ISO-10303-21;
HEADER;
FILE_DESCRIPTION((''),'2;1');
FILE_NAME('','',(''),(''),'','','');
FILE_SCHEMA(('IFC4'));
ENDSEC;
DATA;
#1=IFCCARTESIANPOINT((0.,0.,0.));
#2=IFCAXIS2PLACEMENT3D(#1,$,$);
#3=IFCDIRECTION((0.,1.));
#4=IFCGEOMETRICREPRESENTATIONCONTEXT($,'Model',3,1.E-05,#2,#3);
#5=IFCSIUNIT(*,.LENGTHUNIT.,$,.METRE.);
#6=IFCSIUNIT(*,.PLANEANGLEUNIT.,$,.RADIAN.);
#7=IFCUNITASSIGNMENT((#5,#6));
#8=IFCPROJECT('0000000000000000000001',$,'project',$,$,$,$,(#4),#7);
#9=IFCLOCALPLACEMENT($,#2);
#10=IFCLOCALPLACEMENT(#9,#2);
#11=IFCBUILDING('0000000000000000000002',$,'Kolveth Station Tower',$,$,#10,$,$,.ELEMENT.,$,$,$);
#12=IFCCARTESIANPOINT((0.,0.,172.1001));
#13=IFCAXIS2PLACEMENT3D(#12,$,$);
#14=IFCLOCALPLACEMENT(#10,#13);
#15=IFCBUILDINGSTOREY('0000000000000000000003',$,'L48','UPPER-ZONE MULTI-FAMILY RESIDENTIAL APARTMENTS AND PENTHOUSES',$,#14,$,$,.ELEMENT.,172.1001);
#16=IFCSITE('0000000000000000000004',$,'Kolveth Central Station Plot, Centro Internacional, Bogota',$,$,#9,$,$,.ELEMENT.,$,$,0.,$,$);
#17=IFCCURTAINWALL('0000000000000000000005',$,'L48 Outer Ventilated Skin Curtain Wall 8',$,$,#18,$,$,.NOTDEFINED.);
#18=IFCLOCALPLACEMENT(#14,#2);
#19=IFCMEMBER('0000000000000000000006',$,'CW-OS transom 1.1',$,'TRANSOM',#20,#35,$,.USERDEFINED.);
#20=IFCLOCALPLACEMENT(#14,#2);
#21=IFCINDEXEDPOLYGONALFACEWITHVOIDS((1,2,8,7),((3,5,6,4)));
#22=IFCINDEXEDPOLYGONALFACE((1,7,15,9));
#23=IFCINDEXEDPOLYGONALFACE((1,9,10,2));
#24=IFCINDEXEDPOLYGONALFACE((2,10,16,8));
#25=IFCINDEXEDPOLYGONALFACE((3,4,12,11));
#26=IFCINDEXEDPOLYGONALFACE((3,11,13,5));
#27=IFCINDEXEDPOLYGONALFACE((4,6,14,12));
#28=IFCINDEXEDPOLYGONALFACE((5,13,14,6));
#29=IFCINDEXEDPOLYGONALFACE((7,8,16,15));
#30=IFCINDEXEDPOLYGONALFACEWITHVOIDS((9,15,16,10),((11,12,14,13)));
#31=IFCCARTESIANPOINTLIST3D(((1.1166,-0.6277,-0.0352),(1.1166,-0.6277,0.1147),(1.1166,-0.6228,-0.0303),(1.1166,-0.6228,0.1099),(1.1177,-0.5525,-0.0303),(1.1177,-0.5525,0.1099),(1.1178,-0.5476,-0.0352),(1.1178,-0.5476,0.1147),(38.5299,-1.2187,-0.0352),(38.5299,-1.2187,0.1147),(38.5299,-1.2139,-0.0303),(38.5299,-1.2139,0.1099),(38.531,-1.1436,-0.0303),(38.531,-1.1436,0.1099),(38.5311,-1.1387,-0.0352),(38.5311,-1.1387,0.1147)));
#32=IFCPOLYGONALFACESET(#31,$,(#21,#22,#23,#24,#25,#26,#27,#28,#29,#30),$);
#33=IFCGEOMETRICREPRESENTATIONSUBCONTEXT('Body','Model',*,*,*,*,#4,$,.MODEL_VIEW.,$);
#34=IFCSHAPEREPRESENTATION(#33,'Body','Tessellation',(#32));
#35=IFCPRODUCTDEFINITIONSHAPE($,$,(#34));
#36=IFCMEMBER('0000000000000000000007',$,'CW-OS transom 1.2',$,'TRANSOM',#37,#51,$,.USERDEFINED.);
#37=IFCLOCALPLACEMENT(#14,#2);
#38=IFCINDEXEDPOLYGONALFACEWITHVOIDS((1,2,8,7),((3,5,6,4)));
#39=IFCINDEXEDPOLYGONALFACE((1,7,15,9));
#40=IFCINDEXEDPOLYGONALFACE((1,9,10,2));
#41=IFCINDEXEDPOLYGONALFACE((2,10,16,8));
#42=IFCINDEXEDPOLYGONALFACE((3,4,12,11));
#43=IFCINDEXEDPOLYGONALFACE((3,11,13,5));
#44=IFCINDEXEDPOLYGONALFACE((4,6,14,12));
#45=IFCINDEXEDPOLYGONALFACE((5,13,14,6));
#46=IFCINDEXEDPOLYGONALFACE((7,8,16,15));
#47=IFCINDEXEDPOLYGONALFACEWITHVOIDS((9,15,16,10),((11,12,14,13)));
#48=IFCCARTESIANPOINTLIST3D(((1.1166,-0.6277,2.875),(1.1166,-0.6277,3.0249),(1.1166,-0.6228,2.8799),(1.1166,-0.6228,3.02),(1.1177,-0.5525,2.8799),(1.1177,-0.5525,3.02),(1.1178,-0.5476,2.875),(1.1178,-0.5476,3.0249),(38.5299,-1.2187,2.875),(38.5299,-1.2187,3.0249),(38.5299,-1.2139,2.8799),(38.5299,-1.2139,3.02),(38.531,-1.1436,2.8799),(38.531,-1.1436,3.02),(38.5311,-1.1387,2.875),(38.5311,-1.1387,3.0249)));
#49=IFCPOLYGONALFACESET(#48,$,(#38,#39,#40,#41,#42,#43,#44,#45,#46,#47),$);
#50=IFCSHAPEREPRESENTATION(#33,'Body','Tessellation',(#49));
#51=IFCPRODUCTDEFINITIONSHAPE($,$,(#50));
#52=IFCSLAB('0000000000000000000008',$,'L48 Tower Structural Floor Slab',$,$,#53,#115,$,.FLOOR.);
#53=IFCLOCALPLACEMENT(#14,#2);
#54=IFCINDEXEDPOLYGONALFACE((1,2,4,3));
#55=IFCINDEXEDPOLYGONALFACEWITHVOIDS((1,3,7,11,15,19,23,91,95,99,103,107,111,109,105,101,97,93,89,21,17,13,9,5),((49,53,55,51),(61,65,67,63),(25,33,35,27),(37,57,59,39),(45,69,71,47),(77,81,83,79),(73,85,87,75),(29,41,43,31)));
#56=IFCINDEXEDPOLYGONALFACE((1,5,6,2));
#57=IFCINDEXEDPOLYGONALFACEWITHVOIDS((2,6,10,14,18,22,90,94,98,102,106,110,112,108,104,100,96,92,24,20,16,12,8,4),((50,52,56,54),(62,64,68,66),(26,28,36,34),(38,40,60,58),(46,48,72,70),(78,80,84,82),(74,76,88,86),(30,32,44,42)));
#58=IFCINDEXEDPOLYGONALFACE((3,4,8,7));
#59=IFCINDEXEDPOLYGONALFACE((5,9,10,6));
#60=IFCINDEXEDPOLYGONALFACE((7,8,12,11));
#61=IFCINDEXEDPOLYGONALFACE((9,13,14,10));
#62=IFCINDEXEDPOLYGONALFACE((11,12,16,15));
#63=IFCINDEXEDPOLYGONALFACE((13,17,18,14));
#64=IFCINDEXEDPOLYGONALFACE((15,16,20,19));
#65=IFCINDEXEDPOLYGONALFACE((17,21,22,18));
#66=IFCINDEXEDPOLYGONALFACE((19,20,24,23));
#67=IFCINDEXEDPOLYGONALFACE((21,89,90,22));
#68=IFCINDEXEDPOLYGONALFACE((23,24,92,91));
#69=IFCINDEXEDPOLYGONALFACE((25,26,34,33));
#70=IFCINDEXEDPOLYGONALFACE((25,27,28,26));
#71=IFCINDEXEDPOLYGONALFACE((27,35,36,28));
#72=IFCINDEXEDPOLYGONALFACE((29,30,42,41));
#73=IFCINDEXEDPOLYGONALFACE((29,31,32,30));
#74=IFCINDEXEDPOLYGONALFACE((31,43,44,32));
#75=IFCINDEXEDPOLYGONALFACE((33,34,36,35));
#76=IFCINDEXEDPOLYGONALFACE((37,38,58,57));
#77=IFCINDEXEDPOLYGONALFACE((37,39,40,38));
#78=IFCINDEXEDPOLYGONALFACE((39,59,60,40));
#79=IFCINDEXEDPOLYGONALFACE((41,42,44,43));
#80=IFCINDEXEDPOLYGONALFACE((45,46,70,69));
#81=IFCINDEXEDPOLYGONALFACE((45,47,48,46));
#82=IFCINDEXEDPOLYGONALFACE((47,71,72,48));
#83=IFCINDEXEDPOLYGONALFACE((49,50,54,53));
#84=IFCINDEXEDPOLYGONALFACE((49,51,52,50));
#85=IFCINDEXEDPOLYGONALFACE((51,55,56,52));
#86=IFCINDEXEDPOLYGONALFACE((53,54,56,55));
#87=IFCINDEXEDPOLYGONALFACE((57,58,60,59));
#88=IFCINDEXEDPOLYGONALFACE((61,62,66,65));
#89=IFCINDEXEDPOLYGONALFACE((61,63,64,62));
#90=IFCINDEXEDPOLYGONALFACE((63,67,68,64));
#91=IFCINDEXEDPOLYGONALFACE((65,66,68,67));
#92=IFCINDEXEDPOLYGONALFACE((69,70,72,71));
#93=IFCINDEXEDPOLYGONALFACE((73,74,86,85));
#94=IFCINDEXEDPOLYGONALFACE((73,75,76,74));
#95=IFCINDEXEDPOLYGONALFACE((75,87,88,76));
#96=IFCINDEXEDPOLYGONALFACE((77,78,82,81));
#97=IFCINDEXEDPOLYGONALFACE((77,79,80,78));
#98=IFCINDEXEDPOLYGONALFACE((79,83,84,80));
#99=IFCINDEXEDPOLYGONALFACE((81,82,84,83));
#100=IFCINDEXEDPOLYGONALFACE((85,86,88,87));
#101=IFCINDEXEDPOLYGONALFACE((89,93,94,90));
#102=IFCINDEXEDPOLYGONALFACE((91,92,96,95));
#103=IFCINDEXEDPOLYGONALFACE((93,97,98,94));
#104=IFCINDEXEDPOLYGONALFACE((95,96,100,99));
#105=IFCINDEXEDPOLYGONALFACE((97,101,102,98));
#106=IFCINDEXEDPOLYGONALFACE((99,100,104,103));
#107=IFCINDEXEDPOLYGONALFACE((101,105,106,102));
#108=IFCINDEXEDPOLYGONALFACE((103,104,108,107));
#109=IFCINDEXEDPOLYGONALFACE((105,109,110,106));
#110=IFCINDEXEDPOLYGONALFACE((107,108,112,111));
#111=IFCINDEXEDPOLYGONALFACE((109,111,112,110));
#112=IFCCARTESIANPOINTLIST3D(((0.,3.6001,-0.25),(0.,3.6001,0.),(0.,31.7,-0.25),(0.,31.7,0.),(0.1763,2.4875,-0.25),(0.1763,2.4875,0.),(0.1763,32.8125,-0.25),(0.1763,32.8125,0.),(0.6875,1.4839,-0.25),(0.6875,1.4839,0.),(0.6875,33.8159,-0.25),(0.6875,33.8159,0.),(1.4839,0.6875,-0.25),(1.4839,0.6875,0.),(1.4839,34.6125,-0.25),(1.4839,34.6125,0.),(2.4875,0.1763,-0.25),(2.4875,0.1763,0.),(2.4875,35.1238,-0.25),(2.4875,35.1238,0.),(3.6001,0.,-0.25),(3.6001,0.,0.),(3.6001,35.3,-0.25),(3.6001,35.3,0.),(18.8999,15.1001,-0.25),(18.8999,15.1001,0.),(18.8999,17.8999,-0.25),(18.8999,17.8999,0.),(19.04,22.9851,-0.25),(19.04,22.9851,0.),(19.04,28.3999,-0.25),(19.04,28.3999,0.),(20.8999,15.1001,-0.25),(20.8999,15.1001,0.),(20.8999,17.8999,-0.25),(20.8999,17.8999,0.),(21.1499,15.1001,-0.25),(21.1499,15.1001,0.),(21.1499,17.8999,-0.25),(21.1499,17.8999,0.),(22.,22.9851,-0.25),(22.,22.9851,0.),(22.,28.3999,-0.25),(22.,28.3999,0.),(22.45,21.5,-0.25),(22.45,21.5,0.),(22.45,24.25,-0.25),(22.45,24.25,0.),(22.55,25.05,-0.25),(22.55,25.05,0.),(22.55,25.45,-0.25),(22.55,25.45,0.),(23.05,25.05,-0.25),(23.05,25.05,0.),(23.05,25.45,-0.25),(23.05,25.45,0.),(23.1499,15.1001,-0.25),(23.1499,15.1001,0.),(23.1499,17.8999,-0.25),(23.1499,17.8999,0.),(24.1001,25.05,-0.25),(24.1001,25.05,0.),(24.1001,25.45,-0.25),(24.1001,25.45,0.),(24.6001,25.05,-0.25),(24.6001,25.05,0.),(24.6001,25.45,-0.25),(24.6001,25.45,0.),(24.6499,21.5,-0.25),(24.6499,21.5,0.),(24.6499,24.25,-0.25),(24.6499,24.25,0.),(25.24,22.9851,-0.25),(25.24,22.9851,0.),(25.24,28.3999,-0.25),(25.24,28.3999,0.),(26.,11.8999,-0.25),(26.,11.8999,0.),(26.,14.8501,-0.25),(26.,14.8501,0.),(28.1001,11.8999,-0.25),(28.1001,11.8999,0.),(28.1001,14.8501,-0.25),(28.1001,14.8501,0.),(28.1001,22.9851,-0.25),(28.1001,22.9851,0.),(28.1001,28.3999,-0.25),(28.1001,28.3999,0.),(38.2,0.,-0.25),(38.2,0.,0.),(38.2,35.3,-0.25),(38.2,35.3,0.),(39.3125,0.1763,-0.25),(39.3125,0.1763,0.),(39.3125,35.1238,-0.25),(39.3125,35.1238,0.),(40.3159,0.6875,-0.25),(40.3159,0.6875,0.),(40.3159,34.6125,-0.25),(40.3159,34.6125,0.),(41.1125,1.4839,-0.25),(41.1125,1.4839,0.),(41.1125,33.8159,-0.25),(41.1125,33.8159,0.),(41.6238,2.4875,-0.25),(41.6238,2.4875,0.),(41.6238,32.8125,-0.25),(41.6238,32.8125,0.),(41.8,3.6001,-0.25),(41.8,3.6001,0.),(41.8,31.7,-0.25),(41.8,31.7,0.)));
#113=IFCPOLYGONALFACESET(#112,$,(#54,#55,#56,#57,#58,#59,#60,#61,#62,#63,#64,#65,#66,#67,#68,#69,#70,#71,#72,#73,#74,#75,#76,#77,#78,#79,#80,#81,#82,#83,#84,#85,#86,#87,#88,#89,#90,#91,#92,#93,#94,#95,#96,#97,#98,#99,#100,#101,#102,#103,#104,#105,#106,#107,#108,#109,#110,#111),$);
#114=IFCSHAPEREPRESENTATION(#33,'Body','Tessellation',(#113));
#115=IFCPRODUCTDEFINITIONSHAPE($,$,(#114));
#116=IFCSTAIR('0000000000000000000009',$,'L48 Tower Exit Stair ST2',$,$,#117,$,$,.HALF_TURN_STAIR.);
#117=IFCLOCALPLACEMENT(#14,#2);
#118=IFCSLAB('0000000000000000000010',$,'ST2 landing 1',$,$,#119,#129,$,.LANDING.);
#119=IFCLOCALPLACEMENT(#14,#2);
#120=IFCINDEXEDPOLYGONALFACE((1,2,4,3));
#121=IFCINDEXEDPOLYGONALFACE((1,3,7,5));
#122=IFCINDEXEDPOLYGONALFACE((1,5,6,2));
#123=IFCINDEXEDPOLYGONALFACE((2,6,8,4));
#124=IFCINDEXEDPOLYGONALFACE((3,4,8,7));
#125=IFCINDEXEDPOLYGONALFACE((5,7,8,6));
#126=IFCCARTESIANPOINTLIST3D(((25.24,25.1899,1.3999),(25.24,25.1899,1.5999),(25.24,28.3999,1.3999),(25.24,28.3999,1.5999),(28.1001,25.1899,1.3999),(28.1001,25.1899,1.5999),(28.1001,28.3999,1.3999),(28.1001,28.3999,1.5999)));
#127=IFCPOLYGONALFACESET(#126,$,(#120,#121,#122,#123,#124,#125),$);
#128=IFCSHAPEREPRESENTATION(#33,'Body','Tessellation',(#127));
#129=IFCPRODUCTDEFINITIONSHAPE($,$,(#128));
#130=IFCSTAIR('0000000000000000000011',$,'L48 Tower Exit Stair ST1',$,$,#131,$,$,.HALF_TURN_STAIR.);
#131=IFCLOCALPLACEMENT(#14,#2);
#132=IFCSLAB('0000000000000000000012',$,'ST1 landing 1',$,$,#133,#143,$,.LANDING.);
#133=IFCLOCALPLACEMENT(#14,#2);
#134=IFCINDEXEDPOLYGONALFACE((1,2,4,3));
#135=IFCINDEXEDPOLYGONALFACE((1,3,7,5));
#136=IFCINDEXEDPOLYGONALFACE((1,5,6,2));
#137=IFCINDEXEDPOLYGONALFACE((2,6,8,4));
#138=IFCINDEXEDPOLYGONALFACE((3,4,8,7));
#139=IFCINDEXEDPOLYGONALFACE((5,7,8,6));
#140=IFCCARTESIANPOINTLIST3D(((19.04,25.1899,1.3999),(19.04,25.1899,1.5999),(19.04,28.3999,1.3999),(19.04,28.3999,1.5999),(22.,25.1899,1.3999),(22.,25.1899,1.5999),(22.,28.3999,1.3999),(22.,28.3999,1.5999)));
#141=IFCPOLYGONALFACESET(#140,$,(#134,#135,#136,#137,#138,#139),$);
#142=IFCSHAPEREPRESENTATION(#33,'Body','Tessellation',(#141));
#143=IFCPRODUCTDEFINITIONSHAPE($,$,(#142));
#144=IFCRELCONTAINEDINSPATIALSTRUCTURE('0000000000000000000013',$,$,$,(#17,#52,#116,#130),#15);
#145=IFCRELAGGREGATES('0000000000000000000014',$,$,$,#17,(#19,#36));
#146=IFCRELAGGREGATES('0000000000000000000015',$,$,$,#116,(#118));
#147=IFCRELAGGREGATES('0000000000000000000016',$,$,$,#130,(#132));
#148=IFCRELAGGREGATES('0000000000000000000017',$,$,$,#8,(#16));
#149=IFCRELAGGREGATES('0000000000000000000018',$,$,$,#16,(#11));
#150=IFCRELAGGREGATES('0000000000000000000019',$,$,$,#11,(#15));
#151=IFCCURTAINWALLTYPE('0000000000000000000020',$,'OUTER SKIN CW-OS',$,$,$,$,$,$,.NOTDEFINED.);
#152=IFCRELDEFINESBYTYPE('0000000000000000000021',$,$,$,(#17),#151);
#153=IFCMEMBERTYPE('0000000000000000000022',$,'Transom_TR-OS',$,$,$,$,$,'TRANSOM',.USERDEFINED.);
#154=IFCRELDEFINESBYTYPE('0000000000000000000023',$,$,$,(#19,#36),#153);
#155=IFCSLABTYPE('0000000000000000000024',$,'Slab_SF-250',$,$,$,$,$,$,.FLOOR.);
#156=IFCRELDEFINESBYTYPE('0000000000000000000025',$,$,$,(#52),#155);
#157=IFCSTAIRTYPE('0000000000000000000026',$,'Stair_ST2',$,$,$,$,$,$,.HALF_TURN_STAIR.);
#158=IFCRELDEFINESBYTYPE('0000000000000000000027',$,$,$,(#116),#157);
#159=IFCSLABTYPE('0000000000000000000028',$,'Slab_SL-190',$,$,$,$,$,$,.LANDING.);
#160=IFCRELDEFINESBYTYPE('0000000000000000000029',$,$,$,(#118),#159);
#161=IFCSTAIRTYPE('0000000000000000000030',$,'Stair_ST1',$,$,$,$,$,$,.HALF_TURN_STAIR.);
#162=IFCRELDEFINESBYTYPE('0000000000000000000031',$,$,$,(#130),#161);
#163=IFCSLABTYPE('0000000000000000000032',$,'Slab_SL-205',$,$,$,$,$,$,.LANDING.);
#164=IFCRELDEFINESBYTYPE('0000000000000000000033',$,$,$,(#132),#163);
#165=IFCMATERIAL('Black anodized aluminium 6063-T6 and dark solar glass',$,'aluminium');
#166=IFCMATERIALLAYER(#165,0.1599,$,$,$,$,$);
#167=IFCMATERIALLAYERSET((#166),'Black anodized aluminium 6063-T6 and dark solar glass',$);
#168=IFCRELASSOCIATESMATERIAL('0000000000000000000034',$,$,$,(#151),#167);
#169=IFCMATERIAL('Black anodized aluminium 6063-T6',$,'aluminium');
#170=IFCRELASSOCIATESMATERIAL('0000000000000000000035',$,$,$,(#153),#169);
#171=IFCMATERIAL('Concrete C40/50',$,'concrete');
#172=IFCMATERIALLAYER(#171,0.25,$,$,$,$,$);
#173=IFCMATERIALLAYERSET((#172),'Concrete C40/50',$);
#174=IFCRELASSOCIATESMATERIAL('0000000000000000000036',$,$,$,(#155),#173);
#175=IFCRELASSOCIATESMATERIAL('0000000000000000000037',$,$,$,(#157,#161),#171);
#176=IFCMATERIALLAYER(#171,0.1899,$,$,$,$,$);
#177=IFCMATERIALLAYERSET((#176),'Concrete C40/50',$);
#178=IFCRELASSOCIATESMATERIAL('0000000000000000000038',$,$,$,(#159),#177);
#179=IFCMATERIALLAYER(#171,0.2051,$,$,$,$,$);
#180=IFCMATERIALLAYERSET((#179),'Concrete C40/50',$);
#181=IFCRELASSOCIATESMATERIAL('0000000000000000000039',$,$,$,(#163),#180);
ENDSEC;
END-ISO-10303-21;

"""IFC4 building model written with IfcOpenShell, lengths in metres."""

from ifc_helpers import new_model, si_unit, direction, frame, origin, origin_2d, place, context, subcontext, project, spatial, polyline, hollow_rectangle, outline, extrude, source, transform, mapped, material, layer, layer_set, material_profile, profile_set, type_object, element, aggregate, save


model = new_model("IFC4")

# Units and contexts
model_context = context("Model", 3, precision=1e-05, world=origin(), true_north=direction((0.0, 1.0)))
body_context = subcontext(model_context, "Body", "Model", "MODEL_VIEW")
ifc_project = project(units=[si_unit("LENGTHUNIT", "METRE"), si_unit("PLANEANGLEUNIT", "RADIAN")], contexts=[model_context])

# Site, building, storey
site_placement = place(None, origin())
site = spatial("IfcSite", under=ifc_project, at=site_placement, Name="Kolveth Central Station Plot, Centro Internacional, Bogota", CompositionType="ELEMENT", RefElevation=0.0)
building_placement = place(site_placement, origin())
building = spatial("IfcBuilding", under=site, at=building_placement, Name="Kolveth Station Tower", CompositionType="ELEMENT")
storey_placement = place(building_placement, frame((0.0, 0.0, 172.1001)))
storey = spatial("IfcBuildingStorey", under=building, at=storey_placement, Name="L48", Description="UPPER-ZONE MULTI-FAMILY RESIDENTIAL APARTMENTS AND PENTHOUSES", CompositionType="ELEMENT", Elevation=172.1001)

# Shared definitions
ifc_material_1 = material(Name="Black anodized aluminium 6063-T6", Category="aluminium")

# Curtain wall
ifc_material_2 = material(Name="Black anodized aluminium 6063-T6 and dark solar glass", Category="aluminium")
ifc_layer_1 = layer(ifc_material_2, 0.1599)
ifc_layer_set_1 = layer_set([ifc_layer_1], Name="Black anodized aluminium 6063-T6 and dark solar glass")
curtain_wall_type_1 = type_object("IfcCurtainWallType", Name="OUTER SKIN CW-OS", PredefinedType="NOTDEFINED", material=ifc_layer_set_1)
curtain_wall_1_placement = place(storey_placement, origin())
curtain_wall_1 = element("IfcCurtainWall", 1, at=curtain_wall_1_placement, inside=storey, type_object=curtain_wall_type_1, Name="L48 Outer Ventilated Skin Curtain Wall 8", PredefinedType="NOTDEFINED")

# Members
ifc_material_profile_1 = material_profile(ifc_material_1, hollow_rectangle(XDim=0.0801, YDim=0.1499, WallThickness=0.0049, at=origin_2d()), Name="ALU-80x150x5")
ifc_profile_set_1 = profile_set([ifc_material_profile_1], Name="Black anodized aluminium 6063-T6")
member_type_1 = type_object("IfcMemberType", Name="Transom_TR-OS", ElementType="TRANSOM", PredefinedType="USERDEFINED", material=ifc_profile_set_1)
shared_shape_1 = source(origin(), body_context, "Body", "SweptSolid", [
    extrude(hollow_rectangle(XDim=0.0801, YDim=0.1499, WallThickness=0.0049, at=origin_2d()), origin(), (0.0, 0.0, 1.0), 37.418),
])
member_1_placement = place(storey_placement, frame((1.1172, -0.5876, 0.0398), z_axis=(0.999875, -0.015796, 0.0), x_axis=(0.015796, 0.999875, 0.0)))
member_1 = element("IfcMember", 2, at=member_1_placement, type_object=member_type_1, Name="CW-OS transom 1.1", ObjectType="TRANSOM", PredefinedType="USERDEFINED", context=body_context, shape_type="MappedRepresentation", body=[
    mapped(shared_shape_1, transform((0.0, 0.0, 0.0), x_axis=(1.0, 0.0, 0.0), y_axis=(0.0, 1.0, 0.0), z_axis=(0.0, 0.0, 1.0), scale=1.0)),
])
member_2_placement = place(storey_placement, frame((1.1172, -0.5876, 2.95), z_axis=(0.999875, -0.015796, 0.0), x_axis=(0.015796, 0.999875, 0.0)))
member_2 = element("IfcMember", 3, at=member_2_placement, type_object=member_type_1, Name="CW-OS transom 1.2", ObjectType="TRANSOM", PredefinedType="USERDEFINED", context=body_context, shape_type="MappedRepresentation", body=[
    mapped(shared_shape_1, transform((0.0, 0.0, 0.0), x_axis=(1.0, 0.0, 0.0), y_axis=(0.0, 1.0, 0.0), z_axis=(0.0, 0.0, 1.0), scale=1.0)),
])
aggregate(curtain_wall_1, [member_1, member_2])

# Slab
ifc_material_3 = material(Name="Concrete C40/50", Category="concrete")
ifc_layer_2 = layer(ifc_material_3, 0.25)
ifc_layer_set_2 = layer_set([ifc_layer_2], Name="Concrete C40/50")
slab_type_1 = type_object("IfcSlabType", Name="Slab_SF-250", PredefinedType="FLOOR", material=ifc_layer_set_2)
slab_1_placement = place(storey_placement, frame((0.0, 0.0, -0.25)))
element("IfcSlab", 4, at=slab_1_placement, inside=storey, type_object=slab_type_1, Name="L48 Tower Structural Floor Slab", PredefinedType="FLOOR", context=body_context, shape_type="SweptSolid", body=[
    extrude(outline(polyline([(38.2, 0.0), (39.3125, 0.1763), (40.3159, 0.6875), (41.1125, 1.4839), (41.6238, 2.4875), (41.8, 3.6001), (41.8, 31.7), (41.6238, 32.8125), (41.1125, 33.8159), (40.3159, 34.6125), (39.3125, 35.1238), (38.2, 35.3), (3.6001, 35.3), (2.4875, 35.1238), (1.4839, 34.6125), (0.6875, 33.8159), (0.1763, 32.8125), (0.0, 31.7), (0.0, 3.6001), (0.1763, 2.4875), (0.6875, 1.4839), (1.4839, 0.6875), (2.4875, 0.1763), (3.6001, 0.0), (38.2, 0.0)]), holes=[polyline([(19.04, 22.9851), (22.0, 22.9851), (22.0, 28.3999), (19.04, 28.3999), (19.04, 22.9851)]), polyline([(25.24, 22.9851), (28.1001, 22.9851), (28.1001, 28.3999), (25.24, 28.3999), (25.24, 22.9851)]), polyline([(18.8999, 15.1001), (20.8999, 15.1001), (20.8999, 17.8999), (18.8999, 17.8999), (18.8999, 15.1001)]), polyline([(21.1499, 15.1001), (23.1499, 15.1001), (23.1499, 17.8999), (21.1499, 17.8999), (21.1499, 15.1001)]), polyline([(22.45, 21.5), (24.6499, 21.5), (24.6499, 24.25), (22.45, 24.25), (22.45, 21.5)]), polyline([(26.0, 11.8999), (28.1001, 11.8999), (28.1001, 14.8501), (26.0, 14.8501), (26.0, 11.8999)]), polyline([(22.55, 25.05), (23.05, 25.05), (23.05, 25.45), (22.55, 25.45), (22.55, 25.05)]), polyline([(24.1001, 25.05), (24.6001, 25.05), (24.6001, 25.45), (24.1001, 25.45), (24.1001, 25.05)])]), origin(), (0.0, 0.0, 1.0), 0.25),
])

# Stairs, slabs
stair_type_1 = type_object("IfcStairType", Name="Stair_ST2", PredefinedType="HALF_TURN_STAIR", material=ifc_material_3)
stair_1_placement = place(storey_placement, origin())
stair_1 = element("IfcStair", 5, at=stair_1_placement, inside=storey, type_object=stair_type_1, Name="L48 Tower Exit Stair ST2", PredefinedType="HALF_TURN_STAIR")
ifc_layer_3 = layer(ifc_material_3, 0.1899)
ifc_layer_set_3 = layer_set([ifc_layer_3], Name="Concrete C40/50")
slab_type_2 = type_object("IfcSlabType", Name="Slab_SL-190", PredefinedType="LANDING", material=ifc_layer_set_3)
slab_2_placement = place(storey_placement, frame((0.0, 0.0, 1.3999)))
slab_2 = element("IfcSlab", 6, at=slab_2_placement, type_object=slab_type_2, Name="ST2 landing 1", PredefinedType="LANDING", context=body_context, shape_type="SweptSolid", body=[
    extrude(outline(polyline([(28.1001, 25.1899), (28.1001, 28.3999), (25.24, 28.3999), (25.24, 25.1899), (28.1001, 25.1899)])), origin(), (0.0, 0.0, 1.0), 0.2),
])
aggregate(stair_1, [slab_2])
stair_type_2 = type_object("IfcStairType", Name="Stair_ST1", PredefinedType="HALF_TURN_STAIR", material=ifc_material_3)
stair_2_placement = place(storey_placement, origin())
stair_2 = element("IfcStair", 7, at=stair_2_placement, inside=storey, type_object=stair_type_2, Name="L48 Tower Exit Stair ST1", PredefinedType="HALF_TURN_STAIR")
ifc_layer_4 = layer(ifc_material_3, 0.2051)
ifc_layer_set_4 = layer_set([ifc_layer_4], Name="Concrete C40/50")
slab_type_3 = type_object("IfcSlabType", Name="Slab_SL-205", PredefinedType="LANDING", material=ifc_layer_set_4)
slab_3_placement = place(storey_placement, frame((0.0, 0.0, 1.3999)))
slab_3 = element("IfcSlab", 8, at=slab_3_placement, type_object=slab_type_3, Name="ST1 landing 1", PredefinedType="LANDING", context=body_context, shape_type="SweptSolid", body=[
    extrude(outline(polyline([(22.0, 25.1899), (22.0, 28.3999), (19.04, 28.3999), (19.04, 25.1899), (22.0, 25.1899)])), origin(), (0.0, 0.0, 1.0), 0.2),
])
aggregate(stair_2, [slab_3])

save(model, "model.ifc")
